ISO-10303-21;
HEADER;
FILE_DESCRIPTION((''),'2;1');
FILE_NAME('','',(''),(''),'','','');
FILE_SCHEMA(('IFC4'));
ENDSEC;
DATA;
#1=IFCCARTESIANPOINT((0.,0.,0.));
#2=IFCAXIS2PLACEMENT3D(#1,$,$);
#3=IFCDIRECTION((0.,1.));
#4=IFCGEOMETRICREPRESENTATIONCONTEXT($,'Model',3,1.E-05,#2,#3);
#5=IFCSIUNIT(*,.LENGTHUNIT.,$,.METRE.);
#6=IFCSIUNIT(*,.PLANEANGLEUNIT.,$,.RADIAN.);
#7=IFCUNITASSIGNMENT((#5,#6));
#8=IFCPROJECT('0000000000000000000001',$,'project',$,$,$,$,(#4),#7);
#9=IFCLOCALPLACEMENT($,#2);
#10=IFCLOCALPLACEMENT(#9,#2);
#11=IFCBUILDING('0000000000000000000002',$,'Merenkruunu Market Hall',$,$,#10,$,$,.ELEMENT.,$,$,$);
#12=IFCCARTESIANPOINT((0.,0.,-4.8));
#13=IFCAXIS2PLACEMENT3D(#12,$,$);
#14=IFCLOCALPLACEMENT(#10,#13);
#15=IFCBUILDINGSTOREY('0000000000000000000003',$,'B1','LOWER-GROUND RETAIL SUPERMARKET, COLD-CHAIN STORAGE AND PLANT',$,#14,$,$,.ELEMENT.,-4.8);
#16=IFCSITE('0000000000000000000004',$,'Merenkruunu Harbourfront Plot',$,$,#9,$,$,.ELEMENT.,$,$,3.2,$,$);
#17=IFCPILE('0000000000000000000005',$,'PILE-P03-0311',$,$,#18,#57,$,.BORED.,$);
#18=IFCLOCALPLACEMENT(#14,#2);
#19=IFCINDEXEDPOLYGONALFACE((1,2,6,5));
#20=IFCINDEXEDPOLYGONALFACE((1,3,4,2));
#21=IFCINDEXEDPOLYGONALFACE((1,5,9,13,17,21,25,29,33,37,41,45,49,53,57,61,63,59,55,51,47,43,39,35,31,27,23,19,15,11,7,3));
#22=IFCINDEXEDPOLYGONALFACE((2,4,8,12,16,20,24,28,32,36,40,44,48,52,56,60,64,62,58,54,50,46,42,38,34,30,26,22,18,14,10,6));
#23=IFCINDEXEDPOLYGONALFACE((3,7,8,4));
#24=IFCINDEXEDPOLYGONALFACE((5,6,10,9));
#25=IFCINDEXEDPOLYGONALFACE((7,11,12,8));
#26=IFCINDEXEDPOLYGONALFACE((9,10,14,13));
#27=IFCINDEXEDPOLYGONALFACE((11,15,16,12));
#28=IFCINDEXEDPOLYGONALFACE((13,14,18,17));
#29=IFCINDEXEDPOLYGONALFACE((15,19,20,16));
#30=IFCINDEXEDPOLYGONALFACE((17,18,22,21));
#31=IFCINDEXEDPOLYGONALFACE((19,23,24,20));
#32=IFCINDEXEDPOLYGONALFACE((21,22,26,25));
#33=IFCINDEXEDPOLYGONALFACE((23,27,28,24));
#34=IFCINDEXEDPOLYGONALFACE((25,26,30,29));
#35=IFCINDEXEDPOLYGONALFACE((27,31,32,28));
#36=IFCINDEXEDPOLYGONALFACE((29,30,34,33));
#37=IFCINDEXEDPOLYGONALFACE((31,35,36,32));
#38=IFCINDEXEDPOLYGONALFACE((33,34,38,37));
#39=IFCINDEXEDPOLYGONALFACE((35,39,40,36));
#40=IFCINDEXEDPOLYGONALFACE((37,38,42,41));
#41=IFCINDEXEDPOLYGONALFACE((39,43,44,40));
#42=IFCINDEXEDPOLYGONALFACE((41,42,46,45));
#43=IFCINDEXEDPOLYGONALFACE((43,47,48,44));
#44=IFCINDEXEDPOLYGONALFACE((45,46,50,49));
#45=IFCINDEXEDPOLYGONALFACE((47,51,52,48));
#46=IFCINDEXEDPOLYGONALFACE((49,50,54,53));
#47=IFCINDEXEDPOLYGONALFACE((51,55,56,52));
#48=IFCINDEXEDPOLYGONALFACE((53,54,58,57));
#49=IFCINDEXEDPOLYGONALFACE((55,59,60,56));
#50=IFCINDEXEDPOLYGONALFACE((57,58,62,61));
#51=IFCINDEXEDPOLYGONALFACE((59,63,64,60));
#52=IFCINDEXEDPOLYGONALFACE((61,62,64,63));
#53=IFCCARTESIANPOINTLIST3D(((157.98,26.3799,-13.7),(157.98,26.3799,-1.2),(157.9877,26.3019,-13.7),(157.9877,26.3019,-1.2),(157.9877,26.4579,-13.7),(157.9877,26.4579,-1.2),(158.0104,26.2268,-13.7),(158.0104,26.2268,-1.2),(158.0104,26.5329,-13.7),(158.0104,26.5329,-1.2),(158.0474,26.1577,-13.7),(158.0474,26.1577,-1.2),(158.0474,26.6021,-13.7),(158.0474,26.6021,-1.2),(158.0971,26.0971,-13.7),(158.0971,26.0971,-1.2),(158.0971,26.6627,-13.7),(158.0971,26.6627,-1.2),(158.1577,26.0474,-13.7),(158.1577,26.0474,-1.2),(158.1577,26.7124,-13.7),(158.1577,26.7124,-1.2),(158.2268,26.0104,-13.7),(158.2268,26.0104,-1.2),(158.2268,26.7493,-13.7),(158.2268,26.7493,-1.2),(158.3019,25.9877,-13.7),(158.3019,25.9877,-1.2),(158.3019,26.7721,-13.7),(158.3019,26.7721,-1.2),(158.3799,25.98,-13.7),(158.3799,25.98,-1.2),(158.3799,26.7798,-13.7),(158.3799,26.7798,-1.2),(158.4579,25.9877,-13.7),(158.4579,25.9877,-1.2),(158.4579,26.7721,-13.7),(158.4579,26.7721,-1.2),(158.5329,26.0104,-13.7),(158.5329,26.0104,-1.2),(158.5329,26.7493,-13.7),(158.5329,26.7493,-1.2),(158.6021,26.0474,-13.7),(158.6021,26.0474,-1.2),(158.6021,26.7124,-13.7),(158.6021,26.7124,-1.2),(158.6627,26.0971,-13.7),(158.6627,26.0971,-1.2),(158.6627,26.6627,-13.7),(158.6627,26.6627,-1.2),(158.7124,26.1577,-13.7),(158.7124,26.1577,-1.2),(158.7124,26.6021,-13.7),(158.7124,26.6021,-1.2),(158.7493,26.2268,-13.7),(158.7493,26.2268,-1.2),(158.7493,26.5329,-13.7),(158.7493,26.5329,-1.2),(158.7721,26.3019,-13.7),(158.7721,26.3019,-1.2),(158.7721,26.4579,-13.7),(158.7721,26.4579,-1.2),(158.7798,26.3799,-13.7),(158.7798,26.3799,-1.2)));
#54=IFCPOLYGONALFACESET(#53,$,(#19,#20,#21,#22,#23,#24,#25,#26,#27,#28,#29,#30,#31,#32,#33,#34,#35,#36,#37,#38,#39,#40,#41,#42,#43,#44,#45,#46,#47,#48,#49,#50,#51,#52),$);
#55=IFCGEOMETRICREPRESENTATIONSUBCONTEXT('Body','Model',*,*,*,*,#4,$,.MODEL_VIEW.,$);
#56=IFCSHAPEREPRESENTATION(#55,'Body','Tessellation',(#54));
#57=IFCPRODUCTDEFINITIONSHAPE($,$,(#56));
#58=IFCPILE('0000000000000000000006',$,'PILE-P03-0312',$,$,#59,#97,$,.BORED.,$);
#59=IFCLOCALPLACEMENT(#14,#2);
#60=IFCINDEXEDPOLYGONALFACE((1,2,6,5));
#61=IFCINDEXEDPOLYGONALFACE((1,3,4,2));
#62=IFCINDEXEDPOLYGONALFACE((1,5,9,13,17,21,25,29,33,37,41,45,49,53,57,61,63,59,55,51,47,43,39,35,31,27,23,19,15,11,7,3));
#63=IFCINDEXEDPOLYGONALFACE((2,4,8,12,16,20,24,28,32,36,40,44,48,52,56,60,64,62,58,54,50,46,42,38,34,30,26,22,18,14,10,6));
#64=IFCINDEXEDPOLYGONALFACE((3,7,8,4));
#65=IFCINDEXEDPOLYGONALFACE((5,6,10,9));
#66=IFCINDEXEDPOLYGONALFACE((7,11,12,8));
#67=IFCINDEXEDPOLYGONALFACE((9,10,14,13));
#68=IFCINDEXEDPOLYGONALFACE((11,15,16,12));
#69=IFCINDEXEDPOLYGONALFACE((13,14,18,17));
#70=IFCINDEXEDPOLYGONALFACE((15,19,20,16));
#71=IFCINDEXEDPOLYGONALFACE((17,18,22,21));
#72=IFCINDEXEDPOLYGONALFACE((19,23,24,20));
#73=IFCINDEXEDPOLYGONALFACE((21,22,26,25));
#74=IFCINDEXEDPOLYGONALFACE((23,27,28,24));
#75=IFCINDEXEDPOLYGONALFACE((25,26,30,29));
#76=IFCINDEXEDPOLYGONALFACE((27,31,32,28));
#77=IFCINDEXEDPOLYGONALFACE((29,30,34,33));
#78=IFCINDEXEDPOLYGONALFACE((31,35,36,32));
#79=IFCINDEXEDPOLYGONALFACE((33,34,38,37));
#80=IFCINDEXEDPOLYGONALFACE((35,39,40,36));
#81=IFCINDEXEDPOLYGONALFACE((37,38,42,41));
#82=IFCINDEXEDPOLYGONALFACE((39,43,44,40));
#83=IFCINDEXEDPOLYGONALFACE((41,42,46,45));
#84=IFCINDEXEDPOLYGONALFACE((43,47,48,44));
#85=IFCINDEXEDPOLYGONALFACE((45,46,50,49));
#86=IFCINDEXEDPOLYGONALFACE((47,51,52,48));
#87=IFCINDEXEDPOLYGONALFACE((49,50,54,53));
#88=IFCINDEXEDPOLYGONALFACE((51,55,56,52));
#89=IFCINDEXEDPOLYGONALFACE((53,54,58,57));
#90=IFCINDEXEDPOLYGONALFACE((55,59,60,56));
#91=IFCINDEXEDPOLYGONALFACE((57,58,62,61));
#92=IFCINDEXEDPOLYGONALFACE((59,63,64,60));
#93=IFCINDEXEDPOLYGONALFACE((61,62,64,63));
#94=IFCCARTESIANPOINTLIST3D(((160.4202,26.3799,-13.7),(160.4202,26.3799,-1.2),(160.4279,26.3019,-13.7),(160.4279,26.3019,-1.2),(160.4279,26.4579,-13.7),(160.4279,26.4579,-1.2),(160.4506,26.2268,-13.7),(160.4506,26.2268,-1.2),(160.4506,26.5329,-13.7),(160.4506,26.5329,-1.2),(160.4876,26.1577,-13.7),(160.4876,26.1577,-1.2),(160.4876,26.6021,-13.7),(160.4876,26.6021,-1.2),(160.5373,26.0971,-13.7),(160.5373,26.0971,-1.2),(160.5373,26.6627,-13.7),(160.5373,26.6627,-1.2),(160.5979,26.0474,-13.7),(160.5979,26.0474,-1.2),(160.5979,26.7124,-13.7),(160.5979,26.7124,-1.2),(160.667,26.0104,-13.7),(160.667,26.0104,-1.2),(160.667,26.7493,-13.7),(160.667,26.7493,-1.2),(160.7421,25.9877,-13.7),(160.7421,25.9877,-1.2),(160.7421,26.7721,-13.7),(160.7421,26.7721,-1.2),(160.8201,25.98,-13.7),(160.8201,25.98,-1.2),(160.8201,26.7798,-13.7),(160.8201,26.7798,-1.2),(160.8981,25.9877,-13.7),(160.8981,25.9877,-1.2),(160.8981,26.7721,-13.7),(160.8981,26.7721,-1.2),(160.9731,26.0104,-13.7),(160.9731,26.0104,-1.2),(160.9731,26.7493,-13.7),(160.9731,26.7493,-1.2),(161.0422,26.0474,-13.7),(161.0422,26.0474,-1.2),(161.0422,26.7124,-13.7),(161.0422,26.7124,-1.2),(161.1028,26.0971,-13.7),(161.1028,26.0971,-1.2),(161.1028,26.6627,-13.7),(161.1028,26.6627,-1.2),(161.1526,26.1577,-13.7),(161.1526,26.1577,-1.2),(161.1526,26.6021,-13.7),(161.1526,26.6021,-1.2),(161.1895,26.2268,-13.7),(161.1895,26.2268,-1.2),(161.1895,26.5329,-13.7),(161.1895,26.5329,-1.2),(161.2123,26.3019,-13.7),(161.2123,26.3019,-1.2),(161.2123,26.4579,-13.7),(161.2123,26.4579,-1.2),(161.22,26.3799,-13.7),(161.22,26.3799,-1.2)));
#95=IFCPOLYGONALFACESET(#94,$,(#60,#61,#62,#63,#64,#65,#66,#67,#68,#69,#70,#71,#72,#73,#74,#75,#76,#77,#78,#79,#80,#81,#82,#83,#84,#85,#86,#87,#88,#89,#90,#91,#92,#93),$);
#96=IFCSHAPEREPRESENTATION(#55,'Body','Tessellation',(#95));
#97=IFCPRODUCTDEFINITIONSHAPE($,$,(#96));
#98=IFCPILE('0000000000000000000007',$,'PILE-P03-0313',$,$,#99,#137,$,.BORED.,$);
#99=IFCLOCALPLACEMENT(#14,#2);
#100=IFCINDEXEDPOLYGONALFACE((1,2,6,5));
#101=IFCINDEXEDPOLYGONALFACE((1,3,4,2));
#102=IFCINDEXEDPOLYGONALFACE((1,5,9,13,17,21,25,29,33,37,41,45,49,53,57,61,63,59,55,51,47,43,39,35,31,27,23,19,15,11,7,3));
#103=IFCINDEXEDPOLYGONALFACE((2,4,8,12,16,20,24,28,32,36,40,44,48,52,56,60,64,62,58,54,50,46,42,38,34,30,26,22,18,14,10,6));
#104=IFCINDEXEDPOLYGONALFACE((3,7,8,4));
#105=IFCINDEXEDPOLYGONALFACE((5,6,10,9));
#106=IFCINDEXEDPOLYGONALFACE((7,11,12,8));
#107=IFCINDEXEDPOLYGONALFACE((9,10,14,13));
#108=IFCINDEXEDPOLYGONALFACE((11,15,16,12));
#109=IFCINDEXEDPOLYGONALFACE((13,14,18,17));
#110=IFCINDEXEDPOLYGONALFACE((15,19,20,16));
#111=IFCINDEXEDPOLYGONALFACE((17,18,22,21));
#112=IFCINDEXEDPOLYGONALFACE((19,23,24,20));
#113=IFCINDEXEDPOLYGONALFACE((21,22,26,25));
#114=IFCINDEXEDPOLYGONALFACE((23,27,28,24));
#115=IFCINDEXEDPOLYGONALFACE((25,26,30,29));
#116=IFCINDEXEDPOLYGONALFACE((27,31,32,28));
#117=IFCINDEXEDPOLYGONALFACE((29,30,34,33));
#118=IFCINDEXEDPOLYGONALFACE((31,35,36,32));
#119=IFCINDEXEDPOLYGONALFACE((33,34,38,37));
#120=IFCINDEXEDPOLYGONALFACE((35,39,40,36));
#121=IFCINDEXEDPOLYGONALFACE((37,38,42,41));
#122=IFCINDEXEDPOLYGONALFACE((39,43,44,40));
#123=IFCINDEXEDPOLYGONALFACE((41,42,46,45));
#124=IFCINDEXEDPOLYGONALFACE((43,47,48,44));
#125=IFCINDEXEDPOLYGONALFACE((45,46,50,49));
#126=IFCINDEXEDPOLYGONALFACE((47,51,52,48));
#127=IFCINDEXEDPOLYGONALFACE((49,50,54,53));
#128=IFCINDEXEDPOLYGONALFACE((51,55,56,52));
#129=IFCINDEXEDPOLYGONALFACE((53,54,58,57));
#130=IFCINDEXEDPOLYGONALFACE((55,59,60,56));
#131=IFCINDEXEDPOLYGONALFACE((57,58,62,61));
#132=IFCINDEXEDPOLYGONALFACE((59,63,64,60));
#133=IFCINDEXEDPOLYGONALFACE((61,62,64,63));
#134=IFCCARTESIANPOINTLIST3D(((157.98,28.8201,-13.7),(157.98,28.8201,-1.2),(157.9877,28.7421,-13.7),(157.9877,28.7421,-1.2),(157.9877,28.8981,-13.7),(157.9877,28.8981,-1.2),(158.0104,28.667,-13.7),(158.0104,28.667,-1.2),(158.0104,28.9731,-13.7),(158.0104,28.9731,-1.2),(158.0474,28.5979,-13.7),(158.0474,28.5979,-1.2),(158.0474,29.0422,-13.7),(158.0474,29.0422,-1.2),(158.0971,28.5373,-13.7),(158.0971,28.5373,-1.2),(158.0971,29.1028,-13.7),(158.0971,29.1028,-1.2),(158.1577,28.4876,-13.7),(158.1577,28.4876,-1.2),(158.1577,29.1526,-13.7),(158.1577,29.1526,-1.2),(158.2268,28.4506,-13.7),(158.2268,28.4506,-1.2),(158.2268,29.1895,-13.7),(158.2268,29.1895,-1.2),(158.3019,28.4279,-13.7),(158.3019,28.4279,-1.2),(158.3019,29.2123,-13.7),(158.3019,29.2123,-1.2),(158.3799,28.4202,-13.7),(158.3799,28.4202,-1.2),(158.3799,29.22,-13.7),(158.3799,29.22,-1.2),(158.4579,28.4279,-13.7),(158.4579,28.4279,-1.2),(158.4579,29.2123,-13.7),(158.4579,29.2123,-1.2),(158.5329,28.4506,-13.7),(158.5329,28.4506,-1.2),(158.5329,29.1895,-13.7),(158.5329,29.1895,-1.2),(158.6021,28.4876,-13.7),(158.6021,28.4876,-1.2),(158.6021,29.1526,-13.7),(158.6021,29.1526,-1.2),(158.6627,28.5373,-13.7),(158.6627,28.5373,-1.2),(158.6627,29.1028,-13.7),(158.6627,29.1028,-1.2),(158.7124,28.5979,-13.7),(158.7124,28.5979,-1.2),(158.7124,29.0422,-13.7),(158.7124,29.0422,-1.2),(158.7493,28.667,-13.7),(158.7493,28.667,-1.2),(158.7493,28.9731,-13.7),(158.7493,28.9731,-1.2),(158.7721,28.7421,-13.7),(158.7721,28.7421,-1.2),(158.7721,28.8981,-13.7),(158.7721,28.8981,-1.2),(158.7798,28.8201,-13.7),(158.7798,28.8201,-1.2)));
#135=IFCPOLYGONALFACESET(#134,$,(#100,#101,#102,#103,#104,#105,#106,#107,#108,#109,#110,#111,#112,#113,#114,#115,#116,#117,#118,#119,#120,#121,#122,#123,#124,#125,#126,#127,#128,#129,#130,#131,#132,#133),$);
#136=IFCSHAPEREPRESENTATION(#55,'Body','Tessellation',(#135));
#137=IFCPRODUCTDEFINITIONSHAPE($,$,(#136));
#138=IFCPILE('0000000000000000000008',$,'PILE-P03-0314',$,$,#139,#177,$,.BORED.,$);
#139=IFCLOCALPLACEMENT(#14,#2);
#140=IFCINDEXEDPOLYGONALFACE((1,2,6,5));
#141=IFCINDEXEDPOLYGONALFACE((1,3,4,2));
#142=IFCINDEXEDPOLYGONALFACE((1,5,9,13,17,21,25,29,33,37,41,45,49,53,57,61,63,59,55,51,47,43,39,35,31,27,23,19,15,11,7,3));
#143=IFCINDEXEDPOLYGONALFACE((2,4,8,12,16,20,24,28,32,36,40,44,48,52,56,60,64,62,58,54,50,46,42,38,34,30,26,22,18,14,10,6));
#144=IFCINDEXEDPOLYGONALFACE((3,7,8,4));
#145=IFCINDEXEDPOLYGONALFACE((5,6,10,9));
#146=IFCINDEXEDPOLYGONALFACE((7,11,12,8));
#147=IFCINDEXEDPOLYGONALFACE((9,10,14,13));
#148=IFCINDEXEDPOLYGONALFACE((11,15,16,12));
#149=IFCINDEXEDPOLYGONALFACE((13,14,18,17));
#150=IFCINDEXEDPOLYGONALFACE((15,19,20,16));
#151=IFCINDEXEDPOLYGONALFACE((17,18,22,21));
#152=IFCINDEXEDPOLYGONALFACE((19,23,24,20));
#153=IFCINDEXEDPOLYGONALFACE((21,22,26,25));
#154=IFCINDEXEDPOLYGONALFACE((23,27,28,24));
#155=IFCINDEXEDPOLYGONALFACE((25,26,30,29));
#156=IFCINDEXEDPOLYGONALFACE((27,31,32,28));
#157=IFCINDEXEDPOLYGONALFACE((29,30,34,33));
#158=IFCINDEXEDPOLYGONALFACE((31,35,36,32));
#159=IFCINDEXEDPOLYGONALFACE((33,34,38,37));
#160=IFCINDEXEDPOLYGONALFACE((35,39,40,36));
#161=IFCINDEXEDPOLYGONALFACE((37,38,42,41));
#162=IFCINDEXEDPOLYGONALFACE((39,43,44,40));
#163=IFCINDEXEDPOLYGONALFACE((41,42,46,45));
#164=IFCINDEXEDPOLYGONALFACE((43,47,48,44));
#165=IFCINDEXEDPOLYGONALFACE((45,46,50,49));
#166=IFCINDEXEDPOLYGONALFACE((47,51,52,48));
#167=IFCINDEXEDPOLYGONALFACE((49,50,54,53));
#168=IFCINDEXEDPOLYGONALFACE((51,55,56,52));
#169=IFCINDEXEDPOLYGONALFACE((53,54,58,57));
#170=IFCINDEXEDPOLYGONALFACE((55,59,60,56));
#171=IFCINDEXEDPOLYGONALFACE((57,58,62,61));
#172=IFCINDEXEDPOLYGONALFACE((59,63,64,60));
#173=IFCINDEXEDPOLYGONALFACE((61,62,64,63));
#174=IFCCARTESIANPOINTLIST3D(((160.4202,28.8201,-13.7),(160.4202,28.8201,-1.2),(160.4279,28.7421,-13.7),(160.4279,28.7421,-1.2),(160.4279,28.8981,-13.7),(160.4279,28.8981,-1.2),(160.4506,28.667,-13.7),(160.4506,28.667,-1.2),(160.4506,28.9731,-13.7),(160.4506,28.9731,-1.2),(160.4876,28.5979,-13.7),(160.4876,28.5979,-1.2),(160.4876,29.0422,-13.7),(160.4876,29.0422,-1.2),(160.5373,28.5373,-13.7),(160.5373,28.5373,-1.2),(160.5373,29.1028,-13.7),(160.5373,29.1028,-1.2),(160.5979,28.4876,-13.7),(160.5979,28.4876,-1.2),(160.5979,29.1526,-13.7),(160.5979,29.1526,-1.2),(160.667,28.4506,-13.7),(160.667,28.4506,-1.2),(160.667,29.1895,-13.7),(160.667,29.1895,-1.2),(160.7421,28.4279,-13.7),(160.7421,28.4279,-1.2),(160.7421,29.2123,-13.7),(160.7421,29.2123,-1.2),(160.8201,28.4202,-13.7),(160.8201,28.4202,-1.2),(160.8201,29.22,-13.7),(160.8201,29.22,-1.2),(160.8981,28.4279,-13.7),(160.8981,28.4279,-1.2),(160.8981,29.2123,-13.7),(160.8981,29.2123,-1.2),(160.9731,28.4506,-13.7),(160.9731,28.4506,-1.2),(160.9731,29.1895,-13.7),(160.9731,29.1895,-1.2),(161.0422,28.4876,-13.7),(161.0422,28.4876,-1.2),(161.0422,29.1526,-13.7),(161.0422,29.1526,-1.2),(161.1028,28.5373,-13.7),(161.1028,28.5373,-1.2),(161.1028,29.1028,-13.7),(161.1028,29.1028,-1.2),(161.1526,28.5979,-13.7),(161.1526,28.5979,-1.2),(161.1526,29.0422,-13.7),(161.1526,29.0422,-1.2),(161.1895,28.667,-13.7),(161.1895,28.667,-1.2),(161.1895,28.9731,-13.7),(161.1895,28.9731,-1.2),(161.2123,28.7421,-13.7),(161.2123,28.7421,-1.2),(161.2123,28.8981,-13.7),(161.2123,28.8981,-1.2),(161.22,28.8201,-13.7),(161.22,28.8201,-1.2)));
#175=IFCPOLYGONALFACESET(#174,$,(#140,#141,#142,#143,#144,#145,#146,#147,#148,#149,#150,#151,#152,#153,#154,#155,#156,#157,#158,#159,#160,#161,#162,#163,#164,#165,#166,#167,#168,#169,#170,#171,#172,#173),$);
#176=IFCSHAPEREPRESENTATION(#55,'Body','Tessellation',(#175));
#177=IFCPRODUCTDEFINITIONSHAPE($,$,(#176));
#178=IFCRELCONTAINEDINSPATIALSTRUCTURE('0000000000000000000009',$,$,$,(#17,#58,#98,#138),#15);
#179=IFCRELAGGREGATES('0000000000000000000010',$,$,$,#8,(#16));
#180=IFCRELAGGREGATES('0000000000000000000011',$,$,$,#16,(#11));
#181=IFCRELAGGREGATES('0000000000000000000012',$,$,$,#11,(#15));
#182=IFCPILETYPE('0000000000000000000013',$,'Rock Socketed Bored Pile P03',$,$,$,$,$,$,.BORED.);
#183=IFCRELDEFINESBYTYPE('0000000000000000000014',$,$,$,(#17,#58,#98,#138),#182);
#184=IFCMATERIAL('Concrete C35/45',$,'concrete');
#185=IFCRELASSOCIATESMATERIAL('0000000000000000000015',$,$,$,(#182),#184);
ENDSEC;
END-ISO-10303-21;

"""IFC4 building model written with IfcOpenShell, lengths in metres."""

from ifc_helpers import new_model, si_unit, direction, frame, origin, origin_2d, place, context, subcontext, project, spatial, circle, extrude, material, material_profile, profile_set, type_object, element, save


model = new_model("IFC4")

# Units and contexts
model_context = context("Model", 3, precision=1e-05, world=origin(), true_north=direction((0.0, 1.0)))
body_context = subcontext(model_context, "Body", "Model", "MODEL_VIEW")
ifc_project = project(units=[si_unit("LENGTHUNIT", "METRE"), si_unit("PLANEANGLEUNIT", "RADIAN")], contexts=[model_context])

# Site, building, storey
site_placement = place(None, origin())
site = spatial("IfcSite", under=ifc_project, at=site_placement, Name="Merenkruunu Harbourfront Plot", CompositionType="ELEMENT", RefElevation=3.2)
building_placement = place(site_placement, origin())
building = spatial("IfcBuilding", under=site, at=building_placement, Name="Merenkruunu Market Hall", CompositionType="ELEMENT")
storey_placement = place(building_placement, frame((0.0, 0.0, -4.8)))
storey = spatial("IfcBuildingStorey", under=building, at=storey_placement, Name="B1", Description="LOWER-GROUND RETAIL SUPERMARKET, COLD-CHAIN STORAGE AND PLANT", CompositionType="ELEMENT", Elevation=-4.8)

# Shared definitions
ifc_material = material(Name="Concrete C35/45", Category="concrete")

# Piles
ifc_material_profile_1 = material_profile(ifc_material, circle(Radius=0.3999, at=origin_2d()), Name="BORED PILE 800")
ifc_profile_set_1 = profile_set([ifc_material_profile_1], Name="Concrete C35/45")
pile_type_1 = type_object("IfcPileType", Name="Rock Socketed Bored Pile P03", PredefinedType="BORED", material=ifc_profile_set_1)
for number, where, z_axis, x_axis, name in (
    (1, (158.3799, 26.3799, -1.2), (0.0, 0.0, -1.0), (1.0, 0.0, 0.0), "PILE-P03-0311"),
    (2, (160.8201, 26.3799, -1.2), (0.0, 0.0, -1.0), (1.0, 0.0, 0.0), "PILE-P03-0312"),
    (3, (158.3799, 28.8201, -1.2), (0.0, 0.0, -1.0), (1.0, 0.0, 0.0), "PILE-P03-0313"),
    (4, (160.8201, 28.8201, -1.2), (0.0, 0.0, -1.0), (1.0, 0.0, 0.0), "PILE-P03-0314"),
):
    element("IfcPile", number, at=place(storey_placement, frame(where, z_axis=z_axis, x_axis=x_axis)), inside=storey, type_object=pile_type_1, Name=name, PredefinedType="BORED", context=body_context, shape_type="SweptSolid", body=[
        extrude(circle(Radius=0.3999, at=origin_2d()), origin(), (0.0, 0.0, 1.0), 12.5),
    ])

save(model, "model.ifc")
